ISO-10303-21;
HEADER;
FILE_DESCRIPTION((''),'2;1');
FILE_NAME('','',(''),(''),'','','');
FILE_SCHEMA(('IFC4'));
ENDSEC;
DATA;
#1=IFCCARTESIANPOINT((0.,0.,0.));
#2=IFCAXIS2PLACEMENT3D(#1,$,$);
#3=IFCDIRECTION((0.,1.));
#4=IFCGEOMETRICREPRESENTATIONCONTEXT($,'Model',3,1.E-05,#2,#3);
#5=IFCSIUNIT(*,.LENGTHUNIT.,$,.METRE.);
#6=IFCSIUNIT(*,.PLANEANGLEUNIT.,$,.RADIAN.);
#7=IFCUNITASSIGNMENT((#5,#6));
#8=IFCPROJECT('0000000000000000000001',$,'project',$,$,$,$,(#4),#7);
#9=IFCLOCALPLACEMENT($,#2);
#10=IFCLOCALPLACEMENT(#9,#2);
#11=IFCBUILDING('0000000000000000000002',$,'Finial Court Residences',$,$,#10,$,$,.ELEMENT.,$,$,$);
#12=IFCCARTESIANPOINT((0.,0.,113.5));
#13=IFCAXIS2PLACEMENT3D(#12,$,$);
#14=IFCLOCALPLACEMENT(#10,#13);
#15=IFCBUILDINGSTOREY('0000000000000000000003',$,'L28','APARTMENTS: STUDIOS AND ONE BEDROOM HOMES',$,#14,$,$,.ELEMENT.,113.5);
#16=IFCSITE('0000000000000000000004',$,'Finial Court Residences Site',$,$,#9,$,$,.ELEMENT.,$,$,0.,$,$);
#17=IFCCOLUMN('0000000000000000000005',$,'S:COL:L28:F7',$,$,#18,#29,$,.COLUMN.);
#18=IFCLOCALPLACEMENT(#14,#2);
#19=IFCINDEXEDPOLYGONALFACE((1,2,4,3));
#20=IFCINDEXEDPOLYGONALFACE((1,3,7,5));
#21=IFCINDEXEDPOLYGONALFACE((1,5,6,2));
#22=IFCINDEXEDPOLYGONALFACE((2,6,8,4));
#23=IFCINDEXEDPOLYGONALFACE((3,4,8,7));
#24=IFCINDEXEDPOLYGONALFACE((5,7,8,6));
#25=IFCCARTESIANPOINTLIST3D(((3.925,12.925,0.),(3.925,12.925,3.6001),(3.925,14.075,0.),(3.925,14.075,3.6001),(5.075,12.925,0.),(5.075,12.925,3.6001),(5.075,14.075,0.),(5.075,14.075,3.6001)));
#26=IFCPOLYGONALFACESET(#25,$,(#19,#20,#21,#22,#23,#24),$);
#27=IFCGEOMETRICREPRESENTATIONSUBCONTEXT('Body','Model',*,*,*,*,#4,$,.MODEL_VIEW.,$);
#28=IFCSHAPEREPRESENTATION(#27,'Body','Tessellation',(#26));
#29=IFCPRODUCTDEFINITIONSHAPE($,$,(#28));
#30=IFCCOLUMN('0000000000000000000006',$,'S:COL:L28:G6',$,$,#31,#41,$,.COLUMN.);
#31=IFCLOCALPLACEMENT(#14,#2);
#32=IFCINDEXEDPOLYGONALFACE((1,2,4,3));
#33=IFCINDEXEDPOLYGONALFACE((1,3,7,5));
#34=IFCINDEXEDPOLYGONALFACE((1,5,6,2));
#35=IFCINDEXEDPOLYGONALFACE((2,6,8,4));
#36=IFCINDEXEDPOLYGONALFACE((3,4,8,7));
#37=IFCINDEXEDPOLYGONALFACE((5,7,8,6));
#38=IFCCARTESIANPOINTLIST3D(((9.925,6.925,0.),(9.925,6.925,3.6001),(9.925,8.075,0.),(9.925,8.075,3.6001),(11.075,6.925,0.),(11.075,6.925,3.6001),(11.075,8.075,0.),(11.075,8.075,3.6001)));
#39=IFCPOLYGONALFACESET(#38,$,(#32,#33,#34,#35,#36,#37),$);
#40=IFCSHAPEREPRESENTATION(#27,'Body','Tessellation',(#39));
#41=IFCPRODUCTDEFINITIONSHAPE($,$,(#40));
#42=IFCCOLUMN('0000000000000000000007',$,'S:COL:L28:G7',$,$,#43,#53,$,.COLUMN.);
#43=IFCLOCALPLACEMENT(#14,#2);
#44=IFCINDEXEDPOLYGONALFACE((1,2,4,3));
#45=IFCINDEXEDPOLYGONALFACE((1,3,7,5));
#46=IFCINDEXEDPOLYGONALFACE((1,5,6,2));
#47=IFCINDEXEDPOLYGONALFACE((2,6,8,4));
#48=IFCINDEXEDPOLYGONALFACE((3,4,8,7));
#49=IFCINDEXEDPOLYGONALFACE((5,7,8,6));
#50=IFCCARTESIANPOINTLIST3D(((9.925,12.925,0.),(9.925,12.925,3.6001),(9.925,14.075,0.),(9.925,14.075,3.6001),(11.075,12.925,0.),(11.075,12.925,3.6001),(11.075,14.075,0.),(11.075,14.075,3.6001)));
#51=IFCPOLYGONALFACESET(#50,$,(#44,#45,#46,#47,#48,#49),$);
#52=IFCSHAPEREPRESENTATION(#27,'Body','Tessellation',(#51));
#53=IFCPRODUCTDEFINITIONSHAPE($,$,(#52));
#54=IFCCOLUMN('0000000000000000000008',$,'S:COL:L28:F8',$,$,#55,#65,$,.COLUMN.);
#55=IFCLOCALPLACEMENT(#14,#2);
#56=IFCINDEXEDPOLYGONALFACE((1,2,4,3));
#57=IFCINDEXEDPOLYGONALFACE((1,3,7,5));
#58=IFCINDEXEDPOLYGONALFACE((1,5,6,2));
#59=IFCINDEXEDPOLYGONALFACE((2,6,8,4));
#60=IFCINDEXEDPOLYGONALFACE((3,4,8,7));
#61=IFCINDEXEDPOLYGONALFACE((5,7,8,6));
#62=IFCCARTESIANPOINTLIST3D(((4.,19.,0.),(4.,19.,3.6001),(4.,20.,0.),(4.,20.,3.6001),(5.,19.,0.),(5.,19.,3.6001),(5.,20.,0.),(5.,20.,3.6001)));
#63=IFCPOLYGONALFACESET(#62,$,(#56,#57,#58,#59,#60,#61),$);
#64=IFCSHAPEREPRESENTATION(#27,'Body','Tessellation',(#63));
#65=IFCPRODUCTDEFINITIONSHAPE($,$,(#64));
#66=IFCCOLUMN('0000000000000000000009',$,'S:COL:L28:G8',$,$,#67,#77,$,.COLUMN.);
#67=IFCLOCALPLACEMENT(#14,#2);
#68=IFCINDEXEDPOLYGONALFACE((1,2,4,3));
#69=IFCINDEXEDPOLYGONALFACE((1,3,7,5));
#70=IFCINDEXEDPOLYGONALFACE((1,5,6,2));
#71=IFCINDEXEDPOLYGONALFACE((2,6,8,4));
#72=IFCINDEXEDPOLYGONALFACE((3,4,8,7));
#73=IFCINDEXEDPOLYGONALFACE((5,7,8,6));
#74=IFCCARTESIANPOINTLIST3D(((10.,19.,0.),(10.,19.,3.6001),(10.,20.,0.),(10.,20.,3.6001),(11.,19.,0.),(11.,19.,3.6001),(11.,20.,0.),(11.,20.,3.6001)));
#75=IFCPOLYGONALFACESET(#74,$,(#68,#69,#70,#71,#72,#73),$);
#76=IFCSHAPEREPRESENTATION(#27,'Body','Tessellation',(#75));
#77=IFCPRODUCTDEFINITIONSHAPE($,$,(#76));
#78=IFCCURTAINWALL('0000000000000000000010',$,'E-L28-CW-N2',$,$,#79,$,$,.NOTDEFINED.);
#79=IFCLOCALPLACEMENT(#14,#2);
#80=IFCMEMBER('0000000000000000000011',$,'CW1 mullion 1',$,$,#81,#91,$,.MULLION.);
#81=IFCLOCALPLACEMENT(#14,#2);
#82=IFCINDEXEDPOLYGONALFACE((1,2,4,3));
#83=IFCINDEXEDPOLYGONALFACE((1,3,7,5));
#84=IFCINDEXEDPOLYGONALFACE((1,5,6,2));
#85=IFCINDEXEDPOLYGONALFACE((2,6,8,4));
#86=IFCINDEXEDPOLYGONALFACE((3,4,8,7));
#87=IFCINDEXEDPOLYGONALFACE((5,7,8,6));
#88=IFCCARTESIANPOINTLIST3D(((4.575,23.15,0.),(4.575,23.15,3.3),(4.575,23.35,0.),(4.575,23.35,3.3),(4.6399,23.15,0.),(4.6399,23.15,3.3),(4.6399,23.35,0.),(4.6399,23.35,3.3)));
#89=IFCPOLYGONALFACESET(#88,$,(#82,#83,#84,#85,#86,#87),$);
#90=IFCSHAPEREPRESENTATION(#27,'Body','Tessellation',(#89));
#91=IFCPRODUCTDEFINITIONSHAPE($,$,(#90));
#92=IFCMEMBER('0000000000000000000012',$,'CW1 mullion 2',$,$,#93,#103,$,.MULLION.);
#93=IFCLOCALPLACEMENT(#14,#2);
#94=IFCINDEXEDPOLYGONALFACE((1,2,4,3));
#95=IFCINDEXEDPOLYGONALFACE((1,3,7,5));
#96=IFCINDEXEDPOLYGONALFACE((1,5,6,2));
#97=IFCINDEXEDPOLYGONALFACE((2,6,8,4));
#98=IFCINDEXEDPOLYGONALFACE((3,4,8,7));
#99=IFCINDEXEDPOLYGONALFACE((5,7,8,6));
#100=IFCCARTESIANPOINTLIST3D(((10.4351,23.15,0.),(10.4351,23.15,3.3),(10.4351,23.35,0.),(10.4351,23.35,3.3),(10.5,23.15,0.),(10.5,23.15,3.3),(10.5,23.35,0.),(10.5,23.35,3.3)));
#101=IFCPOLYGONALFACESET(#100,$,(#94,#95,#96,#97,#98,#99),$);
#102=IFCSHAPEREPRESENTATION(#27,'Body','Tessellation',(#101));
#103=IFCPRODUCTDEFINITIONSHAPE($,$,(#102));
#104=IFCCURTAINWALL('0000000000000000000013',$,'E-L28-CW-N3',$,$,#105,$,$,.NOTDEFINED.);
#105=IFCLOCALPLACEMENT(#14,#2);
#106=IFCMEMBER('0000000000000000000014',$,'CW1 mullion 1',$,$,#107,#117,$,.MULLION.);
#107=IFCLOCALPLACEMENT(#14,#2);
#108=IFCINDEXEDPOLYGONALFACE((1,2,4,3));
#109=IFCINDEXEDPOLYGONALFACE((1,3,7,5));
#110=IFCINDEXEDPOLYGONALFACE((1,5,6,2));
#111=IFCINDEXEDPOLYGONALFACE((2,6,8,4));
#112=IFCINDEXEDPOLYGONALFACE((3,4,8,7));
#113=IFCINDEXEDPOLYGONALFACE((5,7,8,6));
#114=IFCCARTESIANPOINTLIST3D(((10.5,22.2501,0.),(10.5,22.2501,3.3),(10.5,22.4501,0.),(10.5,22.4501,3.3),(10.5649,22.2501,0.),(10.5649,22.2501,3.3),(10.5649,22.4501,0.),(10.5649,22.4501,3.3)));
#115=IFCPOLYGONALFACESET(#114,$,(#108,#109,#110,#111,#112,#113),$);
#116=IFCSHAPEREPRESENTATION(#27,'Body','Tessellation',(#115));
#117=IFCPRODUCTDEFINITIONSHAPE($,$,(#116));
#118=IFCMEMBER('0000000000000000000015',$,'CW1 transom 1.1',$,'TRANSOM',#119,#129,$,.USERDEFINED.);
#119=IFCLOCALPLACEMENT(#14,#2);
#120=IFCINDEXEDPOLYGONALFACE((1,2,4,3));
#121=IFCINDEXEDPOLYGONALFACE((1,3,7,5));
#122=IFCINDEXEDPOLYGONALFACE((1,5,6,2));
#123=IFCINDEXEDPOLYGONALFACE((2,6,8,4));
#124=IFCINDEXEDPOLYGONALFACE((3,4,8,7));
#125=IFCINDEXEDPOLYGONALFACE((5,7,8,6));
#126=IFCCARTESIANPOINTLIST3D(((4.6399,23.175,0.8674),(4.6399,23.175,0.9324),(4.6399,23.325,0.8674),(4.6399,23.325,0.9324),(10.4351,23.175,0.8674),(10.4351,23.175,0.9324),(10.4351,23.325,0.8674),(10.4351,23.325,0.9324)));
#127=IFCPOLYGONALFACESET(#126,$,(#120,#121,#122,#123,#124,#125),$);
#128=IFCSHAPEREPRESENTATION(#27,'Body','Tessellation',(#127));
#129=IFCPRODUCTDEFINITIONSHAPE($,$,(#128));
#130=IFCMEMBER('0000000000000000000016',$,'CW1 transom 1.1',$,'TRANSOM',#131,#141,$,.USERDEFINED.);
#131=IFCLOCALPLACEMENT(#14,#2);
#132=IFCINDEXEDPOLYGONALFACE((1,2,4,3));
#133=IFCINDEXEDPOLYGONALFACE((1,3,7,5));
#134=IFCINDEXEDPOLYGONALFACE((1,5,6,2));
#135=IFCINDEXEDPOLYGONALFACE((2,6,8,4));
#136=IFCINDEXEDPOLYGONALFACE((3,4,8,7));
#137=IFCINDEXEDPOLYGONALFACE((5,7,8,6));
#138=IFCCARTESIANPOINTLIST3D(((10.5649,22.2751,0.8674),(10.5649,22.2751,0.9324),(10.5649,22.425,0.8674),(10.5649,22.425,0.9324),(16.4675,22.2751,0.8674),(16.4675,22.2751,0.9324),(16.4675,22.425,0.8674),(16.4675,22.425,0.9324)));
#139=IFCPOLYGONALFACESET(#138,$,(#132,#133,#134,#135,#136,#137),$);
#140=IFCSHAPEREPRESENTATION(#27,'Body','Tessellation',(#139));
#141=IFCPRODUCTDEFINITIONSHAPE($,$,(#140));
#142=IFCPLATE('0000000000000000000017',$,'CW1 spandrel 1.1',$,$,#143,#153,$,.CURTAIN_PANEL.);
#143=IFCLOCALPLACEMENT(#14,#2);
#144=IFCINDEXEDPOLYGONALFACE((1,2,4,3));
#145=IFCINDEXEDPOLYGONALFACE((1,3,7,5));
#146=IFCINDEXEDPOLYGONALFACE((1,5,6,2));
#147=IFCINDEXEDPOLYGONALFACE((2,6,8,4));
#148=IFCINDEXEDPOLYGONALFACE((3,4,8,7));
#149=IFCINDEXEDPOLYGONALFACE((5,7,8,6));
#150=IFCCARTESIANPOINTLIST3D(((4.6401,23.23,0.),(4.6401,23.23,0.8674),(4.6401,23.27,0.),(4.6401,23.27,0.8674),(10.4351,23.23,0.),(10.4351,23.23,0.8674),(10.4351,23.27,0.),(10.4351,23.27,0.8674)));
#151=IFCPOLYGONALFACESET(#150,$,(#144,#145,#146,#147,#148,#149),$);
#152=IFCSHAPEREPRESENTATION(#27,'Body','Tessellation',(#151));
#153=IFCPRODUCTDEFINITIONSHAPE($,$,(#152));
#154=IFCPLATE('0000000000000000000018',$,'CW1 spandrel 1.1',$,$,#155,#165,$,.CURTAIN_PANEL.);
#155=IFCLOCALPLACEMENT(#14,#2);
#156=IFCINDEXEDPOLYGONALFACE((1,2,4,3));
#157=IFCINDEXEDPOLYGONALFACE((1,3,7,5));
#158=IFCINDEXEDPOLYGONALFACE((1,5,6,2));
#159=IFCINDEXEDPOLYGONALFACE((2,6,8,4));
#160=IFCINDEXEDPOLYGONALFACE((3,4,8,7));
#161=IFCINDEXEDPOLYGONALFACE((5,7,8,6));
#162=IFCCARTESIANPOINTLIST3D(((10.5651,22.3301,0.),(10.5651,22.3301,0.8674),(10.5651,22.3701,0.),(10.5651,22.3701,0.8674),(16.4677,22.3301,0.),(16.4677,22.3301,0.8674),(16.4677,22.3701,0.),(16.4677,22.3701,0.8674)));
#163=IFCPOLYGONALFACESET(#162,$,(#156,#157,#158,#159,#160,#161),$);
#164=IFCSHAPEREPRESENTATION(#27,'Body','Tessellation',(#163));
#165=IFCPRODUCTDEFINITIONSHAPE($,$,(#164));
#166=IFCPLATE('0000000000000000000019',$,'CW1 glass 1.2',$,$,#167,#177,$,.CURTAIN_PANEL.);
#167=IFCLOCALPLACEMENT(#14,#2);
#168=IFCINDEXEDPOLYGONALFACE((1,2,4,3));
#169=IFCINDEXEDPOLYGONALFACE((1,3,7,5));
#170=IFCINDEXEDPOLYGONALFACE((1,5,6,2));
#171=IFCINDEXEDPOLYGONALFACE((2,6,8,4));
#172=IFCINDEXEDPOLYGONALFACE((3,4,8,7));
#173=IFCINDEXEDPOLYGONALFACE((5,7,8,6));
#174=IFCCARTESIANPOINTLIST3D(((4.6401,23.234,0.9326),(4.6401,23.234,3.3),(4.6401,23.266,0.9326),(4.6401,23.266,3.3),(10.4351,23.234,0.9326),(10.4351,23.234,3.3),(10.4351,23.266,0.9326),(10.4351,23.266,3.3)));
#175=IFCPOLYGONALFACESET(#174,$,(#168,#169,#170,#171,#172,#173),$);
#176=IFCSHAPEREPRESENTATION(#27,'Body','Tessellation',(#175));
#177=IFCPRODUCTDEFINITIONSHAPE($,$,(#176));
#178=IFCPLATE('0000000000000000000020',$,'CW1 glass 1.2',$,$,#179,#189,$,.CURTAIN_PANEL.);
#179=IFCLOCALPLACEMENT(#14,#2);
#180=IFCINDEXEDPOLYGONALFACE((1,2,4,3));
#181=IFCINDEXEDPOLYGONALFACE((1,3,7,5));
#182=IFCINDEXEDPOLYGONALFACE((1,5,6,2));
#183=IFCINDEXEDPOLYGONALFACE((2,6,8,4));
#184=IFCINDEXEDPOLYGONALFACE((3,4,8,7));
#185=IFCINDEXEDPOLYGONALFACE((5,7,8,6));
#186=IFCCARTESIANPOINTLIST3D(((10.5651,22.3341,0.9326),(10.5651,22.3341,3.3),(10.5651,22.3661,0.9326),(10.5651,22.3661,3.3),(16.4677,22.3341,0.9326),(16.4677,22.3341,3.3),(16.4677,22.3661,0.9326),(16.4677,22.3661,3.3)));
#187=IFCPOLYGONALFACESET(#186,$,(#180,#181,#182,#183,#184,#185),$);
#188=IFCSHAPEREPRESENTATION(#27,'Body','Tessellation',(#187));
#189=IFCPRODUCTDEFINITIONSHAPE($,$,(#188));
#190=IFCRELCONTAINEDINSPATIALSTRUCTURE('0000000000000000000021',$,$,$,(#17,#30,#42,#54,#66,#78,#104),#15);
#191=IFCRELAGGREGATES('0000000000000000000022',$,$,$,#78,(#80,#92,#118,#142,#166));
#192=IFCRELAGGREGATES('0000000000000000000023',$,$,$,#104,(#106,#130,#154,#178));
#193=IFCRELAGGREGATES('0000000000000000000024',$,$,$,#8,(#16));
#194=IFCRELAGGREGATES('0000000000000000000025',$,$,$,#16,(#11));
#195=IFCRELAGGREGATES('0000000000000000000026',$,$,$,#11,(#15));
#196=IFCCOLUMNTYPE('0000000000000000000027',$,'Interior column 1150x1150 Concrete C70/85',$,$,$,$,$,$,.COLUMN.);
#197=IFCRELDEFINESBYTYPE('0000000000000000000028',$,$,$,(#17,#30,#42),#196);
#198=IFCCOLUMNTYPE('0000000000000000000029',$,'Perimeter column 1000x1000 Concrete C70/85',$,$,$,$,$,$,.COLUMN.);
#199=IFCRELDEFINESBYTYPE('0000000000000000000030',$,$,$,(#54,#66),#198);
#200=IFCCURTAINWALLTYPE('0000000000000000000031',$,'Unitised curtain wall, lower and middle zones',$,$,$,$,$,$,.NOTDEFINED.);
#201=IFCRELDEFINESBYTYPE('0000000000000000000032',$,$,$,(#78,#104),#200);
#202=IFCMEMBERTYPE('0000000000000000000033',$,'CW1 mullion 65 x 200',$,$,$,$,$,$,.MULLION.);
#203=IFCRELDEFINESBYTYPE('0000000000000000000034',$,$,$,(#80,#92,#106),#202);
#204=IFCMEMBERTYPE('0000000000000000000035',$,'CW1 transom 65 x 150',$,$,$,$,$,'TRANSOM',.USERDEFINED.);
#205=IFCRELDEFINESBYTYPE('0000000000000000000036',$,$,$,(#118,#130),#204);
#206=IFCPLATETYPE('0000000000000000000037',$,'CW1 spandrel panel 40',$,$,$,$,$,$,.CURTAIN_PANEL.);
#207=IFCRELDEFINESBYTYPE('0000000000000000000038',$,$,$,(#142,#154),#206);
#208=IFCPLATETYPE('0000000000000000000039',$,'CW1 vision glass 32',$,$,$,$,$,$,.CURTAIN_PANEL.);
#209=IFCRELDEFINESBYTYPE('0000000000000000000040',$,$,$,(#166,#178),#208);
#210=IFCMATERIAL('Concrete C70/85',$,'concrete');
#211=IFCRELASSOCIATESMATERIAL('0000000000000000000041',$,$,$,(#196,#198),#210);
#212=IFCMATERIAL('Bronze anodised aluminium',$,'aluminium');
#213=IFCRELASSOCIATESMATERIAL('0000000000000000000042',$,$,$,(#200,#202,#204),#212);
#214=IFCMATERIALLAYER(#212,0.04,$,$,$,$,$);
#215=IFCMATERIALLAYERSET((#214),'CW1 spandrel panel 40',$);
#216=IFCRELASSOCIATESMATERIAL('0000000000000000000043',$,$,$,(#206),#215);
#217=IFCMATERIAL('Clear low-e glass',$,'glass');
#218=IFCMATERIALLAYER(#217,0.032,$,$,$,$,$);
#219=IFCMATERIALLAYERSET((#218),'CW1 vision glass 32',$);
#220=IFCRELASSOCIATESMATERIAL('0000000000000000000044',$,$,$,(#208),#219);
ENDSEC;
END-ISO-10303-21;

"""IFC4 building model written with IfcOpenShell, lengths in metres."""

from ifc_helpers import new_model, si_unit, direction, frame, origin, origin_2d, place, context, subcontext, project, spatial, rectangle, extrude, material, layer, layer_set, material_profile, profile_set, type_object, element, aggregate, save


model = new_model("IFC4")

# Units and contexts
model_context = context("Model", 3, precision=1e-05, world=origin(), true_north=direction((0.0, 1.0)))
body_context = subcontext(model_context, "Body", "Model", "MODEL_VIEW")
ifc_project = project(units=[si_unit("LENGTHUNIT", "METRE"), si_unit("PLANEANGLEUNIT", "RADIAN")], contexts=[model_context])

# Site, building, storey
site_placement = place(None, origin())
site = spatial("IfcSite", under=ifc_project, at=site_placement, Name="Finial Court Residences Site", CompositionType="ELEMENT", RefElevation=0.0)
building_placement = place(site_placement, origin())
building = spatial("IfcBuilding", under=site, at=building_placement, Name="Finial Court Residences", CompositionType="ELEMENT")
storey_placement = place(building_placement, frame((0.0, 0.0, 113.5)))
storey = spatial("IfcBuildingStorey", under=building, at=storey_placement, Name="L28", Description="APARTMENTS: STUDIOS AND ONE BEDROOM HOMES", CompositionType="ELEMENT", Elevation=113.5)

# Columns
ifc_material_1 = material(Name="Concrete C70/85", Category="concrete")
ifc_material_profile_1 = material_profile(ifc_material_1, rectangle(XDim=1.1499, YDim=1.1499, at=origin_2d()), Name="1150x1150")
ifc_profile_set_1 = profile_set([ifc_material_profile_1], Name="Concrete C70/85")
column_type_1 = type_object("IfcColumnType", Name="Interior column 1150x1150 Concrete C70/85", PredefinedType="COLUMN", material=ifc_profile_set_1)
for number, where, z_axis, x_axis, name in (
    (1, (4.5, 13.5, 0.0), (0.0, 0.0, 1.0), (1.0, 0.0, 0.0), "S:COL:L28:F7"),
    (2, (10.5, 7.5, 0.0), (0.0, 0.0, 1.0), (1.0, 0.0, 0.0), "S:COL:L28:G6"),
    (3, (10.5, 13.5, 0.0), (0.0, 0.0, 1.0), (1.0, 0.0, 0.0), "S:COL:L28:G7"),
):
    element("IfcColumn", number, at=place(storey_placement, frame(where, z_axis=z_axis, x_axis=x_axis)), inside=storey, type_object=column_type_1, Name=name, PredefinedType="COLUMN", context=body_context, shape_type="SweptSolid", body=[
        extrude(rectangle(XDim=1.1499, YDim=1.1499, at=origin_2d()), origin(), (0.0, 0.0, 1.0), 3.6001),
    ])
ifc_material_profile_2 = material_profile(ifc_material_1, rectangle(XDim=1.0, YDim=1.0, at=origin_2d()), Name="1000x1000")
ifc_profile_set_2 = profile_set([ifc_material_profile_2], Name="Concrete C70/85")
column_type_2 = type_object("IfcColumnType", Name="Perimeter column 1000x1000 Concrete C70/85", PredefinedType="COLUMN", material=ifc_profile_set_2)
for number, where, z_axis, x_axis, name in (
    (4, (4.5, 19.5, 0.0), (0.0, 0.0, 1.0), (1.0, 0.0, 0.0), "S:COL:L28:F8"),
    (5, (10.5, 19.5, 0.0), (0.0, 0.0, 1.0), (1.0, 0.0, 0.0), "S:COL:L28:G8"),
):
    element("IfcColumn", number, at=place(storey_placement, frame(where, z_axis=z_axis, x_axis=x_axis)), inside=storey, type_object=column_type_2, Name=name, PredefinedType="COLUMN", context=body_context, shape_type="SweptSolid", body=[
        extrude(rectangle(XDim=1.0, YDim=1.0, at=origin_2d()), origin(), (0.0, 0.0, 1.0), 3.6001),
    ])

# Curtain wall, members
ifc_material_2 = material(Name="Bronze anodised aluminium", Category="aluminium")
curtain_wall_type = type_object("IfcCurtainWallType", Name="Unitised curtain wall, lower and middle zones", PredefinedType="NOTDEFINED", material=ifc_material_2)
curtain_wall_1_placement = place(storey_placement, origin())
curtain_wall_1 = element("IfcCurtainWall", 6, at=curtain_wall_1_placement, inside=storey, type_object=curtain_wall_type, Name="E-L28-CW-N2", PredefinedType="NOTDEFINED")
ifc_material_profile_3 = material_profile(ifc_material_2, rectangle(XDim=0.2, YDim=0.0649, at=origin_2d()), Name="CW1 mullion 65 x 200")
ifc_profile_set_3 = profile_set([ifc_material_profile_3], Name="Bronze anodised aluminium")
member_type_1 = type_object("IfcMemberType", Name="CW1 mullion 65 x 200", PredefinedType="MULLION", material=ifc_profile_set_3)
member_1_placement = place(storey_placement, frame((4.6074, 23.25, 0.0), z_axis=(0.0, 0.0, 1.0), x_axis=(0.0, 1.0, 0.0)))
member_1 = element("IfcMember", 7, at=member_1_placement, type_object=member_type_1, Name="CW1 mullion 1", PredefinedType="MULLION", context=body_context, shape_type="SweptSolid", body=[
    extrude(rectangle(XDim=0.2, YDim=0.0649, at=origin_2d()), origin(), (0.0, 0.0, 1.0), 3.3),
])
member_2_placement = place(storey_placement, frame((10.4675, 23.25, 0.0), z_axis=(0.0, 0.0, 1.0), x_axis=(0.0, 1.0, 0.0)))
member_2 = element("IfcMember", 8, at=member_2_placement, type_object=member_type_1, Name="CW1 mullion 2", PredefinedType="MULLION", context=body_context, shape_type="SweptSolid", body=[
    extrude(rectangle(XDim=0.2, YDim=0.0649, at=origin_2d()), origin(), (0.0, 0.0, 1.0), 3.3),
])

# Curtain wall, member
curtain_wall_2_placement = place(storey_placement, origin())
curtain_wall_2 = element("IfcCurtainWall", 9, at=curtain_wall_2_placement, inside=storey, type_object=curtain_wall_type, Name="E-L28-CW-N3", PredefinedType="NOTDEFINED")
member_3_placement = place(storey_placement, frame((10.5325, 22.3501, 0.0), z_axis=(0.0, 0.0, 1.0), x_axis=(0.0, 1.0, 0.0)))
member_3 = element("IfcMember", 10, at=member_3_placement, type_object=member_type_1, Name="CW1 mullion 1", PredefinedType="MULLION", context=body_context, shape_type="SweptSolid", body=[
    extrude(rectangle(XDim=0.2, YDim=0.0649, at=origin_2d()), origin(), (0.0, 0.0, 1.0), 3.3),
])

# Members
ifc_material_profile_4 = material_profile(ifc_material_2, rectangle(XDim=0.1499, YDim=0.0649, at=origin_2d()), Name="CW1 transom 65 x 150")
ifc_profile_set_4 = profile_set([ifc_material_profile_4], Name="Bronze anodised aluminium")
member_type_2 = type_object("IfcMemberType", Name="CW1 transom 65 x 150", ElementType="TRANSOM", PredefinedType="USERDEFINED", material=ifc_profile_set_4)
member_4_placement = place(storey_placement, frame((4.6399, 23.25, 0.8999), z_axis=(1.0, 0.0, 0.0), x_axis=(0.0, 1.0, 0.0)))
member_4 = element("IfcMember", 11, at=member_4_placement, type_object=member_type_2, Name="CW1 transom 1.1", ObjectType="TRANSOM", PredefinedType="USERDEFINED", context=body_context, shape_type="SweptSolid", body=[
    extrude(rectangle(XDim=0.1499, YDim=0.0649, at=origin_2d()), origin(), (0.0, 0.0, 1.0), 5.7952),
])
member_5_placement = place(storey_placement, frame((10.5649, 22.3501, 0.8999), z_axis=(1.0, 0.0, 0.0), x_axis=(0.0, 1.0, 0.0)))
member_5 = element("IfcMember", 12, at=member_5_placement, type_object=member_type_2, Name="CW1 transom 1.1", ObjectType="TRANSOM", PredefinedType="USERDEFINED", context=body_context, shape_type="SweptSolid", body=[
    extrude(rectangle(XDim=0.1499, YDim=0.0649, at=origin_2d()), origin(), (0.0, 0.0, 1.0), 5.9026),
])

# Plates
ifc_layer_1 = layer(ifc_material_2, 0.04)
ifc_layer_set_1 = layer_set([ifc_layer_1], Name="CW1 spandrel panel 40")
plate_type_1 = type_object("IfcPlateType", Name="CW1 spandrel panel 40", PredefinedType="CURTAIN_PANEL", material=ifc_layer_set_1)
plate_1_placement = place(storey_placement, frame((7.5376, 23.25, 0.0), z_axis=(0.0, 0.0, 1.0), x_axis=(1.0, 0.0, 0.0)))
plate_1 = element("IfcPlate", 13, at=plate_1_placement, type_object=plate_type_1, Name="CW1 spandrel 1.1", PredefinedType="CURTAIN_PANEL", context=body_context, shape_type="SweptSolid", body=[
    extrude(rectangle(XDim=5.7949, YDim=0.04, at=origin_2d()), origin(), (0.0, 0.0, 1.0), 0.8674),
])
plate_2_placement = place(storey_placement, frame((13.5164, 22.3501, 0.0), z_axis=(0.0, 0.0, 1.0), x_axis=(1.0, 0.0, 0.0)))
plate_2 = element("IfcPlate", 14, at=plate_2_placement, type_object=plate_type_1, Name="CW1 spandrel 1.1", PredefinedType="CURTAIN_PANEL", context=body_context, shape_type="SweptSolid", body=[
    extrude(rectangle(XDim=5.9026, YDim=0.04, at=origin_2d()), origin(), (0.0, 0.0, 1.0), 0.8674),
])
ifc_material_3 = material(Name="Clear low-e glass", Category="glass")
ifc_layer_2 = layer(ifc_material_3, 0.032)
ifc_layer_set_2 = layer_set([ifc_layer_2], Name="CW1 vision glass 32")
plate_type_2 = type_object("IfcPlateType", Name="CW1 vision glass 32", PredefinedType="CURTAIN_PANEL", material=ifc_layer_set_2)
plate_3_placement = place(storey_placement, frame((7.5376, 23.25, 0.9326), z_axis=(0.0, 0.0, 1.0), x_axis=(1.0, 0.0, 0.0)))
plate_3 = element("IfcPlate", 15, at=plate_3_placement, type_object=plate_type_2, Name="CW1 glass 1.2", PredefinedType="CURTAIN_PANEL", context=body_context, shape_type="SweptSolid", body=[
    extrude(rectangle(XDim=5.7949, YDim=0.032, at=origin_2d()), origin(), (0.0, 0.0, 1.0), 2.3674),
])
aggregate(curtain_wall_1, [member_1, member_2, member_4, plate_1, plate_3])
plate_4_placement = place(storey_placement, frame((13.5164, 22.3501, 0.9326), z_axis=(0.0, 0.0, 1.0), x_axis=(1.0, 0.0, 0.0)))
plate_4 = element("IfcPlate", 16, at=plate_4_placement, type_object=plate_type_2, Name="CW1 glass 1.2", PredefinedType="CURTAIN_PANEL", context=body_context, shape_type="SweptSolid", body=[
    extrude(rectangle(XDim=5.9026, YDim=0.032, at=origin_2d()), origin(), (0.0, 0.0, 1.0), 2.3674),
])
aggregate(curtain_wall_2, [member_3, member_5, plate_2, plate_4])

save(model, "model.ifc")
